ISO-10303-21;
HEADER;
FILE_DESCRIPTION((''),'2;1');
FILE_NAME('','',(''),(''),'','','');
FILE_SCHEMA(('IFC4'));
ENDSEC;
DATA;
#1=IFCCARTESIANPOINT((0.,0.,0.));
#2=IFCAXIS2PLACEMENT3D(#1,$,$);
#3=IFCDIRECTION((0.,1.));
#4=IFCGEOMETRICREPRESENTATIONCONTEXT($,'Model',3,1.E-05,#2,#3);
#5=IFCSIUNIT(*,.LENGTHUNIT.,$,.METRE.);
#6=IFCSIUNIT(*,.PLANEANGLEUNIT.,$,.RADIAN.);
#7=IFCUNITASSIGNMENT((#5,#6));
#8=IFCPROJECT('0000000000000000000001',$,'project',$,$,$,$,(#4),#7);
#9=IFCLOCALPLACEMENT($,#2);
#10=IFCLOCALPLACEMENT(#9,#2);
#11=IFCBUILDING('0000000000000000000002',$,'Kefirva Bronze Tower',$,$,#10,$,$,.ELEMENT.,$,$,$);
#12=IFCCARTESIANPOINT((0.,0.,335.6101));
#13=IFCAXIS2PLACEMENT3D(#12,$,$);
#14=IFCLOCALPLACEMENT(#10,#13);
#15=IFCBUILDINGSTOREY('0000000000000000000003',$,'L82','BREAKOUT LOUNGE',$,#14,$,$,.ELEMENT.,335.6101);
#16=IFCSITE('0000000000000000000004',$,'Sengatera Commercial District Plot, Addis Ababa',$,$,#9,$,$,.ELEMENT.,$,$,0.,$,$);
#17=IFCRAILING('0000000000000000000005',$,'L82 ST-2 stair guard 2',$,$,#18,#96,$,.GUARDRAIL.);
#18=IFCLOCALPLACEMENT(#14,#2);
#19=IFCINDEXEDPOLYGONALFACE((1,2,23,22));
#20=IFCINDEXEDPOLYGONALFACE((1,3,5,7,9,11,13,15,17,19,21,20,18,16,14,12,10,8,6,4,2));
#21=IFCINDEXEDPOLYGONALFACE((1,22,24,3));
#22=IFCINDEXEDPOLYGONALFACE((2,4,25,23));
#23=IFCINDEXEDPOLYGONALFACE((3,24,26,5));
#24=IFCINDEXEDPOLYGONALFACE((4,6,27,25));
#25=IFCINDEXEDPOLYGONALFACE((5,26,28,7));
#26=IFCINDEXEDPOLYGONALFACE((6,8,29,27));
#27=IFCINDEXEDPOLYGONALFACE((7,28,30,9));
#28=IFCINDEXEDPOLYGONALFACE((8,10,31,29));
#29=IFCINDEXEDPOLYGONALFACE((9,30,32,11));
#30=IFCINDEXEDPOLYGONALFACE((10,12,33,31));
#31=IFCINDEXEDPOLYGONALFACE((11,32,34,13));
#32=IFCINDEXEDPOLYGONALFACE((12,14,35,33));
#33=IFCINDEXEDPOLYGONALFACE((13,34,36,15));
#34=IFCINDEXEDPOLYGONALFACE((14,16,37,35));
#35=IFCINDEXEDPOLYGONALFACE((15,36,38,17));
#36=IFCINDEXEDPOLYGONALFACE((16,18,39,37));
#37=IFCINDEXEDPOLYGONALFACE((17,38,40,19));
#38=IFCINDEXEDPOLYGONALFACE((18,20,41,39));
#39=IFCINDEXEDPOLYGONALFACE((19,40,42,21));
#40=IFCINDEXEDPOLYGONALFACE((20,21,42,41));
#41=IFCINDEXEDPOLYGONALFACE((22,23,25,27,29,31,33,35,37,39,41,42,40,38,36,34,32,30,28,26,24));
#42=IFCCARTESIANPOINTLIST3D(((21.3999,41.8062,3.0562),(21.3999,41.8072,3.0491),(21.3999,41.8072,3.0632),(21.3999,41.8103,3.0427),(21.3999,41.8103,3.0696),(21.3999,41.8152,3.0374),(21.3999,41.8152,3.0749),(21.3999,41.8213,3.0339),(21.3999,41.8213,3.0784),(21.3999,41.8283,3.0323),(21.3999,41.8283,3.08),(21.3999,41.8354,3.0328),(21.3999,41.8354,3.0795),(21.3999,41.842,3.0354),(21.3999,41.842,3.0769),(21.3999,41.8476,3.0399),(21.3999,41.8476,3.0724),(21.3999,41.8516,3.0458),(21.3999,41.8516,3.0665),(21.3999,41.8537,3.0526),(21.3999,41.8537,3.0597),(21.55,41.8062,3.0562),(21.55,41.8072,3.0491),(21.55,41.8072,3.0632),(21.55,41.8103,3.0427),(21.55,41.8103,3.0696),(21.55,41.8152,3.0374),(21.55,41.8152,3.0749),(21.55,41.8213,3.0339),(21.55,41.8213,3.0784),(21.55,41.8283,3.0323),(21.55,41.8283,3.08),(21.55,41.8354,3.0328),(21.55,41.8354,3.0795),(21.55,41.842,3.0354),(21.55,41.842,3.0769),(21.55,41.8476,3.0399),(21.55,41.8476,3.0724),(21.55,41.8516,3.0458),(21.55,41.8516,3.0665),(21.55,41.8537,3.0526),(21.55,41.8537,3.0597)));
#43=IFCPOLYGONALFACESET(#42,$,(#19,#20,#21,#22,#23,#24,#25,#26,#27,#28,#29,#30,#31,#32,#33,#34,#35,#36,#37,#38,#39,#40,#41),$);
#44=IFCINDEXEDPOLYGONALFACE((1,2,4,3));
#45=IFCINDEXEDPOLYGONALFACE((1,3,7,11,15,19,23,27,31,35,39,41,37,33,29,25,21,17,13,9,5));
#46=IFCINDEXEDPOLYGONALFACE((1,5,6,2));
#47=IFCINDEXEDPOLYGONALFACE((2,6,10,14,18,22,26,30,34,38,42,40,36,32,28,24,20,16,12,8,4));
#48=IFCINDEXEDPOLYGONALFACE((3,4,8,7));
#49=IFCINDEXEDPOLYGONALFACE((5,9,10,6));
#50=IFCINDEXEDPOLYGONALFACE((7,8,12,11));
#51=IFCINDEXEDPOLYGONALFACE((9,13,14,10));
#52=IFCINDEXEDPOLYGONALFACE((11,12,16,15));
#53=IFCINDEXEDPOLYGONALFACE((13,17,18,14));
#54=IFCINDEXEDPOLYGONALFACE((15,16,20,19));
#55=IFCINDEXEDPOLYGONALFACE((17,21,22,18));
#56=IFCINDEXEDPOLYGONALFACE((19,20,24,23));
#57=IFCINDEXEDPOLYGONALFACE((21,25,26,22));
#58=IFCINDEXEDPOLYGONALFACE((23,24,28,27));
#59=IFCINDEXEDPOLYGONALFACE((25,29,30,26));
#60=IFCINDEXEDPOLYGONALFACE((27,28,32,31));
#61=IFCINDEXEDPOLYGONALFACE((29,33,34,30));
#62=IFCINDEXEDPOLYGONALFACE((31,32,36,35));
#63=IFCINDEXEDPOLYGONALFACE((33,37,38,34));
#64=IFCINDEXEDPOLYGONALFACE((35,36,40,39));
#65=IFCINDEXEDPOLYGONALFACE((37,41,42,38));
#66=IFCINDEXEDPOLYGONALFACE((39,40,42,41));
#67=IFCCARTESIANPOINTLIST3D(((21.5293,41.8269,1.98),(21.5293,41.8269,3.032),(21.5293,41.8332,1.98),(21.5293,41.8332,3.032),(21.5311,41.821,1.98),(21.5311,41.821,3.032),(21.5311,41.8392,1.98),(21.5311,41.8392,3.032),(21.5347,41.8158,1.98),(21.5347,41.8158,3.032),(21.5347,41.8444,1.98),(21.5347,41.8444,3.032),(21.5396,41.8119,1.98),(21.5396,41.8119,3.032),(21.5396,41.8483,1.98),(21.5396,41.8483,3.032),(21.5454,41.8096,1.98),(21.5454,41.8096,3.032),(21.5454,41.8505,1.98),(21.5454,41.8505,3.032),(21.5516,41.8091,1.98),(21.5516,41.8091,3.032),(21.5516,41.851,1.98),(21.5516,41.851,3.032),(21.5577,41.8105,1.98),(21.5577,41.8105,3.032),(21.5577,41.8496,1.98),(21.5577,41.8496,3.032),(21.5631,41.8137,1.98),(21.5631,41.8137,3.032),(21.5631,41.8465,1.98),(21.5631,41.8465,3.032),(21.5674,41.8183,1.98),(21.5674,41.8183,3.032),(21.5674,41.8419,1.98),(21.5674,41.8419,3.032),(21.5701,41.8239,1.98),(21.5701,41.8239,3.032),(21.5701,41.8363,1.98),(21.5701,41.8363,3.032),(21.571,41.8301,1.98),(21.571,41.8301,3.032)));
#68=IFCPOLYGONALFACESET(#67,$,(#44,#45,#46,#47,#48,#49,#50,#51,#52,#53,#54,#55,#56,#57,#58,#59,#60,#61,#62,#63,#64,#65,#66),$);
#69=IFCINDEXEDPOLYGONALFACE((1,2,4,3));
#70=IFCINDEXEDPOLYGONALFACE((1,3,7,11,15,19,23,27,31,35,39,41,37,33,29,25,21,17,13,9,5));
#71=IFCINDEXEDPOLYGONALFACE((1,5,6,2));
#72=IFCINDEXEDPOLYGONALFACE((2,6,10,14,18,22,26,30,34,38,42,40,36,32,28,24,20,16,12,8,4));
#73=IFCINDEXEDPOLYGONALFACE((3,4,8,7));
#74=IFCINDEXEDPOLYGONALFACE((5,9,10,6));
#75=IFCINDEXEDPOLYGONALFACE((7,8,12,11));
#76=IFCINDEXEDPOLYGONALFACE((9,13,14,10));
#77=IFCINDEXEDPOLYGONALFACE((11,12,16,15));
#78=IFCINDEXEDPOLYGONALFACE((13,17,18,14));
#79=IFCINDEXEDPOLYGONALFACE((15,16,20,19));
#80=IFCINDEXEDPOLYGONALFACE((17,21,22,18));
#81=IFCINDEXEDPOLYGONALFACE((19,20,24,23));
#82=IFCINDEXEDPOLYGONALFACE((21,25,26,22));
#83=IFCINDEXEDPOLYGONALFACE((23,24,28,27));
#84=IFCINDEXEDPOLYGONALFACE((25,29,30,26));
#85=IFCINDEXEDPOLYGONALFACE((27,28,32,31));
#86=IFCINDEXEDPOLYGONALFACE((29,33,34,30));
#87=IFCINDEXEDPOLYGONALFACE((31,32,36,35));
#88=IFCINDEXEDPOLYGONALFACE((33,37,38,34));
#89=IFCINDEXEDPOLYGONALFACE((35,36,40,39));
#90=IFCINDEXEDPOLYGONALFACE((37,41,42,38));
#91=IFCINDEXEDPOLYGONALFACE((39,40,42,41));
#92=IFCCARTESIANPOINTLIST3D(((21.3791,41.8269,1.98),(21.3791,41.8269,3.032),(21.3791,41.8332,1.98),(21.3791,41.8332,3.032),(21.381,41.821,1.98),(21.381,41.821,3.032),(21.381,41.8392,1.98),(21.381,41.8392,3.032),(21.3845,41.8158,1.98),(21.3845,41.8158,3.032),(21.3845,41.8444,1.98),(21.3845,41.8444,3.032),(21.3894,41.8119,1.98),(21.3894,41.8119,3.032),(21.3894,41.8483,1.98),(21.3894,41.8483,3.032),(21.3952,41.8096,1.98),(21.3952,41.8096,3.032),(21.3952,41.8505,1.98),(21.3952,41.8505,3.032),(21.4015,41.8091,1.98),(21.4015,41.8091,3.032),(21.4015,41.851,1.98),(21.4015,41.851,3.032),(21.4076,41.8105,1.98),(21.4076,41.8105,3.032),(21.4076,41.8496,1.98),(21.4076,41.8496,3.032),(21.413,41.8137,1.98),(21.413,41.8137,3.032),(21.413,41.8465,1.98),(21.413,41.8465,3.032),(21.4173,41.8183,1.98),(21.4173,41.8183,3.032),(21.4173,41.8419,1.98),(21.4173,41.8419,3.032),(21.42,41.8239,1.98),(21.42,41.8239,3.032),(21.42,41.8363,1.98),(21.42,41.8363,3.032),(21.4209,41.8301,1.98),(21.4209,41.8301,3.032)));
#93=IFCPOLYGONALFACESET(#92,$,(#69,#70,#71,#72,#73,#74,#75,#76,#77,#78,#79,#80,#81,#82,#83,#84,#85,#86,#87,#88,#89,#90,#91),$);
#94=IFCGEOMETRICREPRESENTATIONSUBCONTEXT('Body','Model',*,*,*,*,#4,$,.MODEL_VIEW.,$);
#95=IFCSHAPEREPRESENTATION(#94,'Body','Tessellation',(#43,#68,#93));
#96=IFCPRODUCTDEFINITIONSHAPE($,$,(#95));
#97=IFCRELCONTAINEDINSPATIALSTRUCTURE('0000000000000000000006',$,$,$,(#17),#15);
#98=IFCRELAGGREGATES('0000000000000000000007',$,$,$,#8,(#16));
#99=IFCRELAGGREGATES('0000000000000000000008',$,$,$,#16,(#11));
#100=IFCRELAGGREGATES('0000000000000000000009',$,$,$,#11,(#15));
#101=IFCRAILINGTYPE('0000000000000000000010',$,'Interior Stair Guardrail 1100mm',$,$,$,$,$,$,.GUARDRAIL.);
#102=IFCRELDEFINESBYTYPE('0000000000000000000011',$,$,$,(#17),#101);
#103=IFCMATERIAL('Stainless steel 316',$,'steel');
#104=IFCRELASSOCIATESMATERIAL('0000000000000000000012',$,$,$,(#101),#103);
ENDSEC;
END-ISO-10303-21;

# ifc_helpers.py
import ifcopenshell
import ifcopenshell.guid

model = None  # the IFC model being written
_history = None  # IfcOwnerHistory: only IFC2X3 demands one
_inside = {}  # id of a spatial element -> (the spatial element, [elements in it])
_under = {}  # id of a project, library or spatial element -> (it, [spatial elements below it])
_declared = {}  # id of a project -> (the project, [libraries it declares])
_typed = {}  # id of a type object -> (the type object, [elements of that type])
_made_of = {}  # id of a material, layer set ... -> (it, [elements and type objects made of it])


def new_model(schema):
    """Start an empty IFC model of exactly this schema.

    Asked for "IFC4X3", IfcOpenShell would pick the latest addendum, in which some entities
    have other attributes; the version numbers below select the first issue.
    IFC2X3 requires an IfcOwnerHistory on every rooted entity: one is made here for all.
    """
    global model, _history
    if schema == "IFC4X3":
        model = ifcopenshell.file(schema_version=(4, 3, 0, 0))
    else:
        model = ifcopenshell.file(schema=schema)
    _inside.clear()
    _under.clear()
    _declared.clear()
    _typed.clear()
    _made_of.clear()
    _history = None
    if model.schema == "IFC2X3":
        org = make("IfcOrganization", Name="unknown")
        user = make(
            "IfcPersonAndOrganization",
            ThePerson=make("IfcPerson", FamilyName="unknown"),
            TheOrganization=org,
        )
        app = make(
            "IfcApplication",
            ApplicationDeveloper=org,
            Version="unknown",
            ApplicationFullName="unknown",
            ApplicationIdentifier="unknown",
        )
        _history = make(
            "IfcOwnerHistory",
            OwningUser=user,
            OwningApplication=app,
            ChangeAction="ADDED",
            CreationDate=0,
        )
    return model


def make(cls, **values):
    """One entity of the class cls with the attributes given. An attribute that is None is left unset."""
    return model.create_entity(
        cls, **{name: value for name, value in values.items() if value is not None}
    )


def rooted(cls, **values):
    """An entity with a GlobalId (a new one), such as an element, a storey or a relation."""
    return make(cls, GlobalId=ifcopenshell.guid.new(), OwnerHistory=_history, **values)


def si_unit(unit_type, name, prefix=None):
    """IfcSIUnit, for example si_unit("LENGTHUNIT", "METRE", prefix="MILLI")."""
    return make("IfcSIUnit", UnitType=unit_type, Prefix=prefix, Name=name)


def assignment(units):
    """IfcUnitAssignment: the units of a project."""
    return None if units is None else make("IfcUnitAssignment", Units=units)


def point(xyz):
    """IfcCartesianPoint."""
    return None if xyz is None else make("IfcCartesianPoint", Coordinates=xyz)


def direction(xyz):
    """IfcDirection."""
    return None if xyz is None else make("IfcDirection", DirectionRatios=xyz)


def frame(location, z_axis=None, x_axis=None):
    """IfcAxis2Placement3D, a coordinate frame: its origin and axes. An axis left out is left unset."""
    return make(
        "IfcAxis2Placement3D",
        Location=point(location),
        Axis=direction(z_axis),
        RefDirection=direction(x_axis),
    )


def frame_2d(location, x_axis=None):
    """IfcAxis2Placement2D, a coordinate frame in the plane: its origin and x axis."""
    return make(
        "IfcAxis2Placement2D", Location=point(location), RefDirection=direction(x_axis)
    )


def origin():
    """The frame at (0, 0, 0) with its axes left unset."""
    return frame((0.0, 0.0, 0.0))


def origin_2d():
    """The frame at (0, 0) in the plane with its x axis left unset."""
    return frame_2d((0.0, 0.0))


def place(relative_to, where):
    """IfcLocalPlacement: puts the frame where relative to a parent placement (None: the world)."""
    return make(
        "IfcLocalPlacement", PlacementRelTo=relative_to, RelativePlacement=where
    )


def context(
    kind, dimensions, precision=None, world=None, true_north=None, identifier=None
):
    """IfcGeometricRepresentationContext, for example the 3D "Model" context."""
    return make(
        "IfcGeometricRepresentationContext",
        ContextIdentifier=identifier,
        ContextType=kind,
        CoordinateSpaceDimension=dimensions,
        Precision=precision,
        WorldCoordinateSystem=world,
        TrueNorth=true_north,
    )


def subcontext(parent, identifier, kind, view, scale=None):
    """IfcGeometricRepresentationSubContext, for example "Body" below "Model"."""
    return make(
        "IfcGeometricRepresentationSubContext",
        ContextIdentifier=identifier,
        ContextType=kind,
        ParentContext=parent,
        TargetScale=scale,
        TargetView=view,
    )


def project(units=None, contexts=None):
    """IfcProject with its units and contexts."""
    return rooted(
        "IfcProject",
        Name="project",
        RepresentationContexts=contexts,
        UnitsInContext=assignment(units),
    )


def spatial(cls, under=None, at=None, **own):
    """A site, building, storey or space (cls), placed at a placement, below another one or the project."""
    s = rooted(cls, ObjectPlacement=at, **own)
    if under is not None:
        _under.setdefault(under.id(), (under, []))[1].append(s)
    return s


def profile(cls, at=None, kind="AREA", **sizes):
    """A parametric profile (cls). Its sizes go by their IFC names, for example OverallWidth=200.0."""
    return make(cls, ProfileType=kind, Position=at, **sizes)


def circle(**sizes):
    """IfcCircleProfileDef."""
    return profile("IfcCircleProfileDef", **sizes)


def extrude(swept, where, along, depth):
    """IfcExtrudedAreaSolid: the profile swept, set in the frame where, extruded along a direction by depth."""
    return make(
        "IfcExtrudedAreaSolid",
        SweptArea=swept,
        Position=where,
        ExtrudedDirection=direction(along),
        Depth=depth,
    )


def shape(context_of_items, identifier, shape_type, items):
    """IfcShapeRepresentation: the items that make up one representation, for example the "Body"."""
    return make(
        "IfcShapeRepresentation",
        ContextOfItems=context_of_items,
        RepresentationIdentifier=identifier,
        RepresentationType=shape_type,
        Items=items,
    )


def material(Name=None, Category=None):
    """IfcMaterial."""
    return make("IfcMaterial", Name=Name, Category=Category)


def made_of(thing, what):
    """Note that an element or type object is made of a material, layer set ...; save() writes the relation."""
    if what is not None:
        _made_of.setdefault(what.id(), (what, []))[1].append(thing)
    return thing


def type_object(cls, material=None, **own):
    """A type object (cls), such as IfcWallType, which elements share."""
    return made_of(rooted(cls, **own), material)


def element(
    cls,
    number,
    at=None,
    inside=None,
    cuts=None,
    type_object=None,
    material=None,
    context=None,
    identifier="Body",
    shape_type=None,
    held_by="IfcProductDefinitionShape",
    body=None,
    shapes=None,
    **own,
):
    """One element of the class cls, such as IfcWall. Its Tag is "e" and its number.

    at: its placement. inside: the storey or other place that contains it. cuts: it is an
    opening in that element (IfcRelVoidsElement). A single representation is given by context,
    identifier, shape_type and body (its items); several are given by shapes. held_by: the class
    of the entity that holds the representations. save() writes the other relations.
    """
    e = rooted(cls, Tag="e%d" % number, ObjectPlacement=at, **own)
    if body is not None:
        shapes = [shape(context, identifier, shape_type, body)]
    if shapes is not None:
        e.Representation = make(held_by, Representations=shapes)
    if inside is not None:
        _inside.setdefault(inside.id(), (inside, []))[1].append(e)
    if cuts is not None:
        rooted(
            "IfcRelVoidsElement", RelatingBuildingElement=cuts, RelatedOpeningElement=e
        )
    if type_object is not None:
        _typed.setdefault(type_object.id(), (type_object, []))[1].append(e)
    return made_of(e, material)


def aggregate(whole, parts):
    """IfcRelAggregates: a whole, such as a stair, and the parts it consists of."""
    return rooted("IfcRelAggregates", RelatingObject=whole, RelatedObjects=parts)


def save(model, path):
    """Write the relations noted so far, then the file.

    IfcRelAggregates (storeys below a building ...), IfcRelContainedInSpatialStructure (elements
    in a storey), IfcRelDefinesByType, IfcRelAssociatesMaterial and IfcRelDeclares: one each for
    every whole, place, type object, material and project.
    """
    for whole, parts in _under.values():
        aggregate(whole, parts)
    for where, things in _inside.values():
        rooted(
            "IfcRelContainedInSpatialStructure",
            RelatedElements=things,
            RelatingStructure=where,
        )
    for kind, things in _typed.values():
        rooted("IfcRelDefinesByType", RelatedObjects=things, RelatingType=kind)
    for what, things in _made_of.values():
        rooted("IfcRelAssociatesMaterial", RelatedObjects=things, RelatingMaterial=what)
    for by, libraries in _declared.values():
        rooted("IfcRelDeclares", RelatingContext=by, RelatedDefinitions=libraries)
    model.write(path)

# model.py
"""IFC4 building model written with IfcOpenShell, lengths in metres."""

from ifc_helpers import new_model, si_unit, direction, frame, origin, origin_2d, place, context, subcontext, project, spatial, circle, extrude, material, type_object, element, save


model = new_model("IFC4")

# Units and contexts
model_context = context("Model", 3, precision=1e-05, world=origin(), true_north=direction((0.0, 1.0)))
body_context = subcontext(model_context, "Body", "Model", "MODEL_VIEW")
ifc_project = project(units=[si_unit("LENGTHUNIT", "METRE"), si_unit("PLANEANGLEUNIT", "RADIAN")], contexts=[model_context])

# Site, building, storey
site_placement = place(None, origin())
site = spatial("IfcSite", under=ifc_project, at=site_placement, Name="Sengatera Commercial District Plot, Addis Ababa", CompositionType="ELEMENT", RefElevation=0.0)
building_placement = place(site_placement, origin())
building = spatial("IfcBuilding", under=site, at=building_placement, Name="Kefirva Bronze Tower", CompositionType="ELEMENT")
storey_placement = place(building_placement, frame((0.0, 0.0, 335.6101)))
storey = spatial("IfcBuildingStorey", under=building, at=storey_placement, Name="L82", Description="BREAKOUT LOUNGE", CompositionType="ELEMENT", Elevation=335.6101)

# Railing
ifc_material_1 = material(Name="Stainless steel 316", Category="steel")
railing_type_1 = type_object("IfcRailingType", Name="Interior Stair Guardrail 1100mm", PredefinedType="GUARDRAIL", material=ifc_material_1)
railing_1_placement = place(storey_placement, frame((21.55, 41.8301, 1.98)))
element("IfcRailing", 1, at=railing_1_placement, inside=storey, type_object=railing_type_1, Name="L82 ST-2 stair guard 2", PredefinedType="GUARDRAIL", context=body_context, shape_type="SweptSolid", body=[
    extrude(circle(Radius=0.0239, at=origin_2d()), frame((0.0, 0.0, 1.0762), z_axis=(-1.0, 0.0, 0.0), x_axis=(0.0, -1.0, 0.0)), (0.0, 0.0, 1.0), 0.1501),
    extrude(circle(Radius=0.021, at=origin_2d()), origin(), (0.0, 0.0, 1.0), 1.052),
    extrude(circle(Radius=0.021, at=origin_2d()), frame((-0.1501, 0.0, 0.0)), (0.0, 0.0, 1.0), 1.052),
])

save(model, "model.ifc")
